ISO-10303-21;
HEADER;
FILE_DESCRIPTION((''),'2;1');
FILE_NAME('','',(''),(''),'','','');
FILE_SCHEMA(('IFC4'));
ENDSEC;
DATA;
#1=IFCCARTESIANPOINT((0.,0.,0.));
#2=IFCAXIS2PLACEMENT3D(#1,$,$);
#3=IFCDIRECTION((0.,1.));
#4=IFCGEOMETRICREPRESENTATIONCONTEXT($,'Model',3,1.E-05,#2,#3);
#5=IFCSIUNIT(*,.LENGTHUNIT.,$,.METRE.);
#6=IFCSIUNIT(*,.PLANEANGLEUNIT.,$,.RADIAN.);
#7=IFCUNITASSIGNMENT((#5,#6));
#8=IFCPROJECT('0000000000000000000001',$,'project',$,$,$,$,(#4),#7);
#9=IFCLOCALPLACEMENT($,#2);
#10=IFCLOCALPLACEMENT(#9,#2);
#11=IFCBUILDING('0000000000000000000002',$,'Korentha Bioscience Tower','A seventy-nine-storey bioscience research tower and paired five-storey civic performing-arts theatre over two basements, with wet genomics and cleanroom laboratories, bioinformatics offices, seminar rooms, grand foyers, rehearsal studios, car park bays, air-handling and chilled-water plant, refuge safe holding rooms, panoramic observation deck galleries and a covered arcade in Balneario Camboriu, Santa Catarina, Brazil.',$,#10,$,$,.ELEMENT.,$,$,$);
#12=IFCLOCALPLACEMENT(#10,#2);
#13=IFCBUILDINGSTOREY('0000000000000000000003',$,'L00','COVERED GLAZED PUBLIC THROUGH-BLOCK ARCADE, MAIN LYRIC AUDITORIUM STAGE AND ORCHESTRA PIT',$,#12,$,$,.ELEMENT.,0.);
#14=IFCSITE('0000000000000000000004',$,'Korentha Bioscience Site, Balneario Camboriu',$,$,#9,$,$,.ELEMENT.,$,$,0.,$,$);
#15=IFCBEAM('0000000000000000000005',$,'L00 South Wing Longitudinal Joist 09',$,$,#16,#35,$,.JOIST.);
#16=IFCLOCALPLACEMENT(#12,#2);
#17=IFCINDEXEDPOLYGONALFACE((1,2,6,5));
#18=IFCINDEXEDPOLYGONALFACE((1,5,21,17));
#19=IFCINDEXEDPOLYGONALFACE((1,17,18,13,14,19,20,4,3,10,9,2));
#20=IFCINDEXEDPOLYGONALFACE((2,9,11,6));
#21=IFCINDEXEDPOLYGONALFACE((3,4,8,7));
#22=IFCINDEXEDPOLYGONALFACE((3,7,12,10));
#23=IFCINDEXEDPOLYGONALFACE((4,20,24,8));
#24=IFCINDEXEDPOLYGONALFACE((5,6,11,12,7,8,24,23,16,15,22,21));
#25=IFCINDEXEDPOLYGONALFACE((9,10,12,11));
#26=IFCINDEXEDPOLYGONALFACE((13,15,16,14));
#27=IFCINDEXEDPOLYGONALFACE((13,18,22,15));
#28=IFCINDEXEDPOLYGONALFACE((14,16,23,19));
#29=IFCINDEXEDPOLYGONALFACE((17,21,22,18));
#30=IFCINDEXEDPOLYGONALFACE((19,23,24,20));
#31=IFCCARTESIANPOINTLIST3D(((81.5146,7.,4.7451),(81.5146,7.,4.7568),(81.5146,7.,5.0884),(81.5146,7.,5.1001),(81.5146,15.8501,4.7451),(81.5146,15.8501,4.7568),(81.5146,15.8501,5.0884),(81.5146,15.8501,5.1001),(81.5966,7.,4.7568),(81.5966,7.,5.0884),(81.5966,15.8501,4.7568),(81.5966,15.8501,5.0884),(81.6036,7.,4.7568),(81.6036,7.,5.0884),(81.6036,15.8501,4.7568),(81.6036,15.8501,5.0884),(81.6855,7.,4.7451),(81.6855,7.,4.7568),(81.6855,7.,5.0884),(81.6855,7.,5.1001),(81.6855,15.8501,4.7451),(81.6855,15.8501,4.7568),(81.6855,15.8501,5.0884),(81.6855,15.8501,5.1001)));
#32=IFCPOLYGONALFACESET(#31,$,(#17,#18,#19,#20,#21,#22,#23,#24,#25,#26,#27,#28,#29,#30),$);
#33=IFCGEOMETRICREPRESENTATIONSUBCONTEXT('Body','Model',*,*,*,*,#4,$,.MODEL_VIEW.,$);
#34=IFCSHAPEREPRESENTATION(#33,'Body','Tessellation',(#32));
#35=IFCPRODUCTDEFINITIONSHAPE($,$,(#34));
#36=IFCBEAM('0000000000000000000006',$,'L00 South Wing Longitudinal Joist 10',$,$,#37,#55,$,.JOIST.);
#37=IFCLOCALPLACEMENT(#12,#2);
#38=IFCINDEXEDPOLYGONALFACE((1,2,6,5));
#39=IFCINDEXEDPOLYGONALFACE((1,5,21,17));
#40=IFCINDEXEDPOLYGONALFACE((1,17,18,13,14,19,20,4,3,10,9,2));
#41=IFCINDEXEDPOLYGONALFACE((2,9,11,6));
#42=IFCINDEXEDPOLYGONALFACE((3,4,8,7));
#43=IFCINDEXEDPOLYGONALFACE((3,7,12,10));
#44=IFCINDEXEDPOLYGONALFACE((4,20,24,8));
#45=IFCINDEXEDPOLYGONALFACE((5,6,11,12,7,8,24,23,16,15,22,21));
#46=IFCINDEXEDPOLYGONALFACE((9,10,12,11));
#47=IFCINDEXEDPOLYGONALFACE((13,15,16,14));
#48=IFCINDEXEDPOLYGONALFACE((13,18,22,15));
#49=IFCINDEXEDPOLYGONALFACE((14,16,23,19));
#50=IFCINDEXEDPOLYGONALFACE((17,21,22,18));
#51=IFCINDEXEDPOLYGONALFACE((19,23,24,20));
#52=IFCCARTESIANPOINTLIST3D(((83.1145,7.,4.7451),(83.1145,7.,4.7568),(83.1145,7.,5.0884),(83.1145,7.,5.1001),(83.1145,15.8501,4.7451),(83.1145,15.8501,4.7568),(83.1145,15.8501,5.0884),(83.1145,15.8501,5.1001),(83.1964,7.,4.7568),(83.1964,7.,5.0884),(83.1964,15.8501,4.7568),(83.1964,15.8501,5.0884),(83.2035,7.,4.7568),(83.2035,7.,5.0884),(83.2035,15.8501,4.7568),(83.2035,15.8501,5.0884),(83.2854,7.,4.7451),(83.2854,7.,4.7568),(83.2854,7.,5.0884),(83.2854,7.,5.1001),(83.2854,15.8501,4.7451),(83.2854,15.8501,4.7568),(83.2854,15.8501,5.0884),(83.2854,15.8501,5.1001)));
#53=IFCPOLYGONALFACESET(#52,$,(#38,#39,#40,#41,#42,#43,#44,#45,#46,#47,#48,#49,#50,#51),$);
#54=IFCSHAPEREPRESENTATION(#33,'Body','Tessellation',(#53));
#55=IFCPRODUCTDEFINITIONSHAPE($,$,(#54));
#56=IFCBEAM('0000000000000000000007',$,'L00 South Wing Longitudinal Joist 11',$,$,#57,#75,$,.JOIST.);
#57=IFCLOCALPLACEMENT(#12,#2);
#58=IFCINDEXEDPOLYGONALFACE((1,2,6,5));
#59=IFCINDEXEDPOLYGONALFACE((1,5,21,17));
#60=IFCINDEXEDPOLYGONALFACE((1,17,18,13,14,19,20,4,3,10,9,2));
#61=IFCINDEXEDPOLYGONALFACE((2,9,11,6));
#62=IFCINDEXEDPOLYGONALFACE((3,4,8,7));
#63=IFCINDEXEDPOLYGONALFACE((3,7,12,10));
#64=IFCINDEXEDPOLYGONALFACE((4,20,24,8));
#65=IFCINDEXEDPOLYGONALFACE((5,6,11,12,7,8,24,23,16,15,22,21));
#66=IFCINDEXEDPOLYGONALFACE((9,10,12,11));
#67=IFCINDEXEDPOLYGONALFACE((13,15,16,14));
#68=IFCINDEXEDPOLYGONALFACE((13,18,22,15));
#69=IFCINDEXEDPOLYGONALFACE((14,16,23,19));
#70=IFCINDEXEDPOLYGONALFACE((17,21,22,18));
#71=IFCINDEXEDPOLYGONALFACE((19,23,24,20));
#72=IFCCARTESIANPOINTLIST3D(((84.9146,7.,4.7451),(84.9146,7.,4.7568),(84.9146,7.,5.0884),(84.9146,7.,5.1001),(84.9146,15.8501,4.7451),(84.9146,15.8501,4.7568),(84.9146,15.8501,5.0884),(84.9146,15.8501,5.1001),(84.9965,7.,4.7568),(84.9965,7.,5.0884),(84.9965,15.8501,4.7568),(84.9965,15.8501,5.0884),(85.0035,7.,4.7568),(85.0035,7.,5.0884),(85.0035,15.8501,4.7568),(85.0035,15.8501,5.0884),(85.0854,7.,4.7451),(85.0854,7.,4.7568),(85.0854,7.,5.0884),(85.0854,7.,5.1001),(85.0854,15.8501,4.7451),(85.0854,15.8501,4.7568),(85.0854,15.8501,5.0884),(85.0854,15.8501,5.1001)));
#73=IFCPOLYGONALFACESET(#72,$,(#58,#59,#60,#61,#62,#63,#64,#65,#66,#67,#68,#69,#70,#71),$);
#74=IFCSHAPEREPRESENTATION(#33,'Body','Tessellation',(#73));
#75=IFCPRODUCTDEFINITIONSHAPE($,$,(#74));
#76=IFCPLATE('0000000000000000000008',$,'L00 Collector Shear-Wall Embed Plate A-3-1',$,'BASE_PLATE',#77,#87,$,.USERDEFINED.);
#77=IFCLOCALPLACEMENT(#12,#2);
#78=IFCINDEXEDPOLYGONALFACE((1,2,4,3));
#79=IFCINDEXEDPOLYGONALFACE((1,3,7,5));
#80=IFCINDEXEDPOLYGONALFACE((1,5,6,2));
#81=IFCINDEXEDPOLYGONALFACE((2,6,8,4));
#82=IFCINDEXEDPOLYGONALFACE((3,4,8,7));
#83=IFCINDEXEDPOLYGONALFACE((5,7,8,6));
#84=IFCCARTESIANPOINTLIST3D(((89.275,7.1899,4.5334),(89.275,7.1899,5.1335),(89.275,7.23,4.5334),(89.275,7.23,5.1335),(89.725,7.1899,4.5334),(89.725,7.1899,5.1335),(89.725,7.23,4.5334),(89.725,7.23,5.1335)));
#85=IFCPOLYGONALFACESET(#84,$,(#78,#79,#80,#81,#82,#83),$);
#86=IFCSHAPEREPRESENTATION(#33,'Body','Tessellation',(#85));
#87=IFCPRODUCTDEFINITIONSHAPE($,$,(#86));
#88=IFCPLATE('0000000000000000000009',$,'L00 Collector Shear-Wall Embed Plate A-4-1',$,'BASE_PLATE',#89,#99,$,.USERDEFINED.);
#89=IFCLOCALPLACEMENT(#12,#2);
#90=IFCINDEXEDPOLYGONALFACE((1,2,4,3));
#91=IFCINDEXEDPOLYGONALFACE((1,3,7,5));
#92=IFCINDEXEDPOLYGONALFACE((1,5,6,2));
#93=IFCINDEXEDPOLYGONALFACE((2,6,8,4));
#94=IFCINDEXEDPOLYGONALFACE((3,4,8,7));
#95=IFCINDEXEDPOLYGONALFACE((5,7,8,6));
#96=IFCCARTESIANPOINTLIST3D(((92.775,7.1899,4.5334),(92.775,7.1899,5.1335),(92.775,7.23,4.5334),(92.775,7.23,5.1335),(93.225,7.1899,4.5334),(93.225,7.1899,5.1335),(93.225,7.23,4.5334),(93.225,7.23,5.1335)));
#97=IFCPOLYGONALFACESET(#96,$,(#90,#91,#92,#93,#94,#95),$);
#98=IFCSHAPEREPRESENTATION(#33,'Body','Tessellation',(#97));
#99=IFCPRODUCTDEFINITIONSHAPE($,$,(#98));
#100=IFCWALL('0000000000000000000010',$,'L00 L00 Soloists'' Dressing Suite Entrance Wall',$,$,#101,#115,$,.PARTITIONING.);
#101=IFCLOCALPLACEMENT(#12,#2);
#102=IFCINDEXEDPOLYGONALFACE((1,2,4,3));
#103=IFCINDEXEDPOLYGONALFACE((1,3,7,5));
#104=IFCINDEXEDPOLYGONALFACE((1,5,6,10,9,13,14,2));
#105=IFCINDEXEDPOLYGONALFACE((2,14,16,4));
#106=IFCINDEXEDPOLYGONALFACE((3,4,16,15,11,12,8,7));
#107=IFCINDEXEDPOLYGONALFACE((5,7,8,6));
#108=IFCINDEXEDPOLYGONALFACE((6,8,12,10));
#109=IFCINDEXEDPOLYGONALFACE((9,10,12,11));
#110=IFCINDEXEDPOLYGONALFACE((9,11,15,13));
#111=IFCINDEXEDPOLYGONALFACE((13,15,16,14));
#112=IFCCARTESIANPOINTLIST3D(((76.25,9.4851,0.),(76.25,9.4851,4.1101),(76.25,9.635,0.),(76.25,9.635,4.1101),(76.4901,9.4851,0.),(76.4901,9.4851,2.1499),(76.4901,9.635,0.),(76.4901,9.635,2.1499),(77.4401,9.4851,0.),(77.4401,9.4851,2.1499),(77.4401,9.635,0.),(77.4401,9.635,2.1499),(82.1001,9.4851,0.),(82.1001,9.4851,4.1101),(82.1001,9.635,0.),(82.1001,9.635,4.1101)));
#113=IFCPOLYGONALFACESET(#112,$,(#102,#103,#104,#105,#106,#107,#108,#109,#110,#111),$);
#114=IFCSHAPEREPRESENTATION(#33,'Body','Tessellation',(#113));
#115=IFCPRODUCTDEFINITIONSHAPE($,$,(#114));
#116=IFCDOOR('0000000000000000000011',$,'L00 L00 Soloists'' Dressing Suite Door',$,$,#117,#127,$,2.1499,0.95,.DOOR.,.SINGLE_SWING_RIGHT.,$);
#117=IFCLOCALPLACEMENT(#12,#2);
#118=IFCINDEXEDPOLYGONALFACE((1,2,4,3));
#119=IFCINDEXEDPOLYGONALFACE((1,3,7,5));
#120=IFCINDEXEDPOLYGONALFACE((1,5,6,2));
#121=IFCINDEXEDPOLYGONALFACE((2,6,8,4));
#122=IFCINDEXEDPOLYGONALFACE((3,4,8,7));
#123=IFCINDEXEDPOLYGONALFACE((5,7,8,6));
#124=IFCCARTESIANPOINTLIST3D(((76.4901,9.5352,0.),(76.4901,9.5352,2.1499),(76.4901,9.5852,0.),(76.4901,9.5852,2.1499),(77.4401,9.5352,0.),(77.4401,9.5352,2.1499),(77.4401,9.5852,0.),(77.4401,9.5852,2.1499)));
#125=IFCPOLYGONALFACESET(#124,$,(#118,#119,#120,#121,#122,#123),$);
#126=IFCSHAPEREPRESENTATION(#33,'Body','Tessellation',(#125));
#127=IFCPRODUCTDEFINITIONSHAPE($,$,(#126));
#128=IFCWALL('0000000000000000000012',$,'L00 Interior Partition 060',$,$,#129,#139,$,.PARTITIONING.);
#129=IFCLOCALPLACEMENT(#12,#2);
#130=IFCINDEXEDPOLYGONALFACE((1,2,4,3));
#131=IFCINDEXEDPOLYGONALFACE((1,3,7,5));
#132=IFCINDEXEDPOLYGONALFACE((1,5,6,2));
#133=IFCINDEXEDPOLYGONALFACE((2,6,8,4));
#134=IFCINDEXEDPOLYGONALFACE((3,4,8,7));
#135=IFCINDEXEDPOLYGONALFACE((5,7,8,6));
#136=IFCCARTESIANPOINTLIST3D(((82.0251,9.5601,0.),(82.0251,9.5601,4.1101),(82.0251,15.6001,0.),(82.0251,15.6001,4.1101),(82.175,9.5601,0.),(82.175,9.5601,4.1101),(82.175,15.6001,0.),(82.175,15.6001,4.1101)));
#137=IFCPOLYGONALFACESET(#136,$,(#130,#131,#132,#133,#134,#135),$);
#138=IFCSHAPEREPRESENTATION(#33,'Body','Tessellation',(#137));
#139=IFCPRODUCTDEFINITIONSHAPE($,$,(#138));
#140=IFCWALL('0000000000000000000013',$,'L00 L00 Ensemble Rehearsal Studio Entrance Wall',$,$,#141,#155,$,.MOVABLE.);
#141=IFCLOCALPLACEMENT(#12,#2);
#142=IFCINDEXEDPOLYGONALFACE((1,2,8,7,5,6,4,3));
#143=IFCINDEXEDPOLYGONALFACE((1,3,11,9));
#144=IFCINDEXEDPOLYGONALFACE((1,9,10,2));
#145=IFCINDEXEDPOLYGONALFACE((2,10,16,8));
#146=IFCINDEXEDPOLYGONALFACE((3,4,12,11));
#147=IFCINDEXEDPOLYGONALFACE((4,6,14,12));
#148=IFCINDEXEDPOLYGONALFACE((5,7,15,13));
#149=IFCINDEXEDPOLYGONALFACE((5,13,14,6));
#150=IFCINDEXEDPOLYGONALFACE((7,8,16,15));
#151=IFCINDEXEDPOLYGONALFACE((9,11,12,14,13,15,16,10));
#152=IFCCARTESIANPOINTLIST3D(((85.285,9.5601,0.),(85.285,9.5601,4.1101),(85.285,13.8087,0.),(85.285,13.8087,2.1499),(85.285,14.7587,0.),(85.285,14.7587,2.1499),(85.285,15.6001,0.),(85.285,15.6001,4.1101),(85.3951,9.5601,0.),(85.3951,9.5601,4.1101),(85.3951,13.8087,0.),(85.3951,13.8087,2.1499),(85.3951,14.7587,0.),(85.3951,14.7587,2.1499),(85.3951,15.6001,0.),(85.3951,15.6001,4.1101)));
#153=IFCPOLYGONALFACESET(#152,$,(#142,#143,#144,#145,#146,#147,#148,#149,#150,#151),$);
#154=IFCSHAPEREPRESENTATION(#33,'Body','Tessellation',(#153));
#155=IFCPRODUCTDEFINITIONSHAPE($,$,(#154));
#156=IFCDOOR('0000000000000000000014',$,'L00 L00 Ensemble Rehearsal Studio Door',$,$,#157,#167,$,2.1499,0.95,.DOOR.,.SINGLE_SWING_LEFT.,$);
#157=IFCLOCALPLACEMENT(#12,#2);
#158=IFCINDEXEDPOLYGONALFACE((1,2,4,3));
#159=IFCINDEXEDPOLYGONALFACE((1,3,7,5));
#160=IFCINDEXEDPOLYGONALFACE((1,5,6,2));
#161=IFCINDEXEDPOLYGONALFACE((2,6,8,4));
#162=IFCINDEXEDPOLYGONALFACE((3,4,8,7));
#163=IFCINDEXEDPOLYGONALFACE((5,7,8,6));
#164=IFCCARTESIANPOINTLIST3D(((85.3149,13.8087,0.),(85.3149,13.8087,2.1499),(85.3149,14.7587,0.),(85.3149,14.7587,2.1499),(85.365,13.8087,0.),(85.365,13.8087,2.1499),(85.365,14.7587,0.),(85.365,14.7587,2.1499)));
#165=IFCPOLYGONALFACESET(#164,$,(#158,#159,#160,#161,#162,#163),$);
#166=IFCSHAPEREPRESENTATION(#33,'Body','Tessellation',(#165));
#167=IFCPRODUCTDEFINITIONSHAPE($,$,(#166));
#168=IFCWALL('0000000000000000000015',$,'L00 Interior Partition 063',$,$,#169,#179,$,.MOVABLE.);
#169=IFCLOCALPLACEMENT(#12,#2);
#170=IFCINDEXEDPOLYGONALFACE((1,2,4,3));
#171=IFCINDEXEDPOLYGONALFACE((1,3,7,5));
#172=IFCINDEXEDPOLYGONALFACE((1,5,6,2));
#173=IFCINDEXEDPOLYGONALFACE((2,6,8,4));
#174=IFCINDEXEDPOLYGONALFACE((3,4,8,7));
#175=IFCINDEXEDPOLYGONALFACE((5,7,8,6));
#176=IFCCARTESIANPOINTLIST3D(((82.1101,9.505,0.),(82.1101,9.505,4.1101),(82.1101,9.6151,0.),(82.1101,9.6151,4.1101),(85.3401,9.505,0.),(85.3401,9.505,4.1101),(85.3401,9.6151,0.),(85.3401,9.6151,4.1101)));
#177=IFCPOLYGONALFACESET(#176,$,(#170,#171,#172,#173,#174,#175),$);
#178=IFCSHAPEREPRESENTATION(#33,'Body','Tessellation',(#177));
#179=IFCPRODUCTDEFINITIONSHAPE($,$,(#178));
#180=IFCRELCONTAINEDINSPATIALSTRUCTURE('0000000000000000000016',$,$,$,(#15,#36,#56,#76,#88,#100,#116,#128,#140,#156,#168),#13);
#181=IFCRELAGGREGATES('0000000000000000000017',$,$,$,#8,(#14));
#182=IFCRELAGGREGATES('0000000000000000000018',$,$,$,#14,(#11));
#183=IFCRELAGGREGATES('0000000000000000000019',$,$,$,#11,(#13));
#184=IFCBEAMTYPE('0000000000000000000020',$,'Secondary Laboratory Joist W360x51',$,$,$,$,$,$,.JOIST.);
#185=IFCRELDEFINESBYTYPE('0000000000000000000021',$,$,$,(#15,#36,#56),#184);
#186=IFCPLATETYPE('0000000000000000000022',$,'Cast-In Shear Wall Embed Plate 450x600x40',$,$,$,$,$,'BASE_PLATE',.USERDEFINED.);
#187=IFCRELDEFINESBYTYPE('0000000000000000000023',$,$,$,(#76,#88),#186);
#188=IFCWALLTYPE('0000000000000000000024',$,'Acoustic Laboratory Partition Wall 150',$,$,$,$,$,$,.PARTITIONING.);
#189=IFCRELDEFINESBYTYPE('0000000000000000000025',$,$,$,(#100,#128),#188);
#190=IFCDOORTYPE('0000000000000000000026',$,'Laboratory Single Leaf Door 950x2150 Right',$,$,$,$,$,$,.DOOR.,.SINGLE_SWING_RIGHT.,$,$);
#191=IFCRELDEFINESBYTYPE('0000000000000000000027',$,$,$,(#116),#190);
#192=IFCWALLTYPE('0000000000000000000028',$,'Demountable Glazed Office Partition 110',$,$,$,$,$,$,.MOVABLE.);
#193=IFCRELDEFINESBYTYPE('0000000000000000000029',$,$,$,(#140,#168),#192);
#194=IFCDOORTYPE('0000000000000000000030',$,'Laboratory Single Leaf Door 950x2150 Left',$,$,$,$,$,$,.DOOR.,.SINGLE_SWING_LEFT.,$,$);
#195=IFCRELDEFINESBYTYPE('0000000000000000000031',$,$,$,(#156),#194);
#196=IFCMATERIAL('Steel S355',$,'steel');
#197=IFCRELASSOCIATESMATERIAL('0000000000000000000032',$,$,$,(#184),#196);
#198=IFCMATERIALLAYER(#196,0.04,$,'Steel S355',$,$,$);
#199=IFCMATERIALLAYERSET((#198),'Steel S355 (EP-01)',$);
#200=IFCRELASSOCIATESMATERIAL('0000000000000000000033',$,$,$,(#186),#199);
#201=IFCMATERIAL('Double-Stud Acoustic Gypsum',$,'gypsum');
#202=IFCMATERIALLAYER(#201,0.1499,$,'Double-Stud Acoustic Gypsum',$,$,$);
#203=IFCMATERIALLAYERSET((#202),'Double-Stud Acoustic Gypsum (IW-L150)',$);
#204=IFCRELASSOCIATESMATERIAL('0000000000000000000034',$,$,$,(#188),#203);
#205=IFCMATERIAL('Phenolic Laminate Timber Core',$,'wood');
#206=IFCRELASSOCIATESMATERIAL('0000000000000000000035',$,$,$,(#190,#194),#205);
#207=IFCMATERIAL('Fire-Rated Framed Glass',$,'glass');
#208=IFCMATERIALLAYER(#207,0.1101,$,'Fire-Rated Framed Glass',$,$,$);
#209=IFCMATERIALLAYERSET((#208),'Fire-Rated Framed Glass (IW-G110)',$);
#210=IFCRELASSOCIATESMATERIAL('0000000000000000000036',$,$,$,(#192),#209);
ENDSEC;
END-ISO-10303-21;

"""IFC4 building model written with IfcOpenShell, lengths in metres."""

from ifc_helpers import new_model, si_unit, direction, frame, frame_2d, origin, origin_2d, place, context, subcontext, project, spatial, rectangle, i_section, extrude, material, layer, layer_set, material_profile, profile_set, type_object, element, fill, save


model = new_model("IFC4")

# Units and contexts
model_context = context("Model", 3, precision=1e-05, world=origin(), true_north=direction((0.0, 1.0)))
body_context = subcontext(model_context, "Body", "Model", "MODEL_VIEW")
ifc_project = project(units=[si_unit("LENGTHUNIT", "METRE"), si_unit("PLANEANGLEUNIT", "RADIAN")], contexts=[model_context])

# Site, building, storey
site_placement = place(None, origin())
site = spatial("IfcSite", under=ifc_project, at=site_placement, Name="Korentha Bioscience Site, Balneario Camboriu", CompositionType="ELEMENT", RefElevation=0.0)
building_placement = place(site_placement, origin())
building = spatial("IfcBuilding", under=site, at=building_placement, Name="Korentha Bioscience Tower", Description="A seventy-nine-storey bioscience research tower and paired five-storey civic performing-arts theatre over two basements, with wet genomics and cleanroom laboratories, bioinformatics offices, seminar rooms, grand foyers, rehearsal studios, car park bays, air-handling and chilled-water plant, refuge safe holding rooms, panoramic observation deck galleries and a covered arcade in Balneario Camboriu, Santa Catarina, Brazil.", CompositionType="ELEMENT")
storey_placement = place(building_placement, origin())
storey = spatial("IfcBuildingStorey", under=building, at=storey_placement, Name="L00", Description="COVERED GLAZED PUBLIC THROUGH-BLOCK ARCADE, MAIN LYRIC AUDITORIUM STAGE AND ORCHESTRA PIT", CompositionType="ELEMENT", Elevation=0.0)

# Beams
ifc_material_1 = material(Name="Steel S355", Category="steel")
ifc_material_profile_1 = material_profile(ifc_material_1, i_section(OverallWidth=0.1709, OverallDepth=0.355, WebThickness=0.0071, FlangeThickness=0.0117, at=origin_2d()), Name="Steel S355")
ifc_profile_set_1 = profile_set([ifc_material_profile_1], Name="Steel S355 (JB-360)")
beam_type_1 = type_object("IfcBeamType", Name="Secondary Laboratory Joist W360x51", PredefinedType="JOIST", material=ifc_profile_set_1)
for number, where, z_axis, x_axis, name in (
    (1, (81.6001, 7.0, 4.9226), (0.0, 1.0, 0.0), (-1.0, 0.0, 0.0), "L00 South Wing Longitudinal Joist 09"),
    (2, (83.2, 7.0, 4.9226), (0.0, 1.0, 0.0), (-1.0, 0.0, 0.0), "L00 South Wing Longitudinal Joist 10"),
    (3, (85.0, 7.0, 4.9226), (0.0, 1.0, 0.0), (-1.0, 0.0, 0.0), "L00 South Wing Longitudinal Joist 11"),
):
    element("IfcBeam", number, at=place(storey_placement, frame(where, z_axis=z_axis, x_axis=x_axis)), inside=storey, type_object=beam_type_1, Name=name, PredefinedType="JOIST", context=body_context, shape_type="SweptSolid", body=[
        extrude(i_section(OverallWidth=0.1709, OverallDepth=0.355, WebThickness=0.0071, FlangeThickness=0.0117, at=origin_2d()), origin(), (0.0, 0.0, 1.0), 8.8501),
    ])

# Plates
ifc_layer_1 = layer(ifc_material_1, 0.04, Name="Steel S355")
ifc_layer_set_1 = layer_set([ifc_layer_1], Name="Steel S355 (EP-01)")
plate_type = type_object("IfcPlateType", Name="Cast-In Shear Wall Embed Plate 450x600x40", ElementType="BASE_PLATE", PredefinedType="USERDEFINED", material=ifc_layer_set_1)
for number, where, z_axis, x_axis, name in (
    (4, (89.5, 7.21, 4.5334), (0.0, 0.0, 1.0), (1.0, 0.0, 0.0), "L00 Collector Shear-Wall Embed Plate A-3-1"),
    (5, (93.0, 7.21, 4.5334), (0.0, 0.0, 1.0), (1.0, 0.0, 0.0), "L00 Collector Shear-Wall Embed Plate A-4-1"),
):
    element("IfcPlate", number, at=place(storey_placement, frame(where, z_axis=z_axis, x_axis=x_axis)), inside=storey, type_object=plate_type, Name=name, ObjectType="BASE_PLATE", PredefinedType="USERDEFINED", context=body_context, shape_type="SweptSolid", body=[
        extrude(rectangle(XDim=0.45, YDim=0.04, at=origin_2d()), origin(), (0.0, 0.0, 1.0), 0.6001),
    ])

# Wall, opening, door
ifc_material_2 = material(Name="Double-Stud Acoustic Gypsum", Category="gypsum")
ifc_layer_2 = layer(ifc_material_2, 0.1499, Name="Double-Stud Acoustic Gypsum")
ifc_layer_set_2 = layer_set([ifc_layer_2], Name="Double-Stud Acoustic Gypsum (IW-L150)")
wall_type_1 = type_object("IfcWallType", Name="Acoustic Laboratory Partition Wall 150", PredefinedType="PARTITIONING", material=ifc_layer_set_2)
wall_1_placement = place(storey_placement, frame((82.1001, 9.5601, 0.0), z_axis=(0.0, 0.0, 1.0), x_axis=(-1.0, 0.0, 0.0)))
wall_1 = element("IfcWall", 6, at=wall_1_placement, inside=storey, type_object=wall_type_1, Name="L00 L00 Soloists' Dressing Suite Entrance Wall", PredefinedType="PARTITIONING", context=body_context, shape_type="SweptSolid", body=[
    extrude(rectangle(XDim=5.8501, YDim=0.1499, at=frame_2d((2.925, 0.0))), origin(), (0.0, 0.0, 1.0), 4.1101),
])
opening_1_placement = place(wall_1_placement, frame((4.6599, 0.0, 0.0)))
opening_1 = element("IfcOpeningElement", 7, at=opening_1_placement, cuts=wall_1, PredefinedType="OPENING", context=body_context, shape_type="SweptSolid", body=[
    extrude(rectangle(XDim=0.95, YDim=2.1499, at=frame_2d((0.4751, 1.075))), frame((0.0, 0.0898, 0.0), z_axis=(0.0, -1.0, 0.0), x_axis=(1.0, 0.0, 0.0)), (0.0, 0.0, 1.0), 0.1797),
])
ifc_material_3 = material(Name="Phenolic Laminate Timber Core", Category="wood")
door_type_1 = type_object("IfcDoorType", Name="Laboratory Single Leaf Door 950x2150 Right", OperationType="SINGLE_SWING_RIGHT", PredefinedType="DOOR", material=ifc_material_3)
door_1_placement = place(opening_1_placement, origin())
door_1 = element("IfcDoor", 8, at=door_1_placement, inside=storey, type_object=door_type_1, Name="L00 L00 Soloists' Dressing Suite Door", OperationType="SINGLE_SWING_RIGHT", OverallHeight=2.1499, OverallWidth=0.95, PredefinedType="DOOR", context=body_context, shape_type="SweptSolid", body=[
    extrude(rectangle(XDim=0.95, YDim=2.1499, at=frame_2d((0.4751, 1.075))), frame((0.0, 0.0249, 0.0), z_axis=(0.0, -1.0, 0.0), x_axis=(1.0, 0.0, 0.0)), (0.0, 0.0, 1.0), 0.05),
])
fill(opening_1, door_1)

# Wall
wall_2_placement = place(storey_placement, frame((82.1001, 15.6001, 0.0), z_axis=(0.0, 0.0, 1.0), x_axis=(0.0, -1.0, 0.0)))
element("IfcWall", 9, at=wall_2_placement, inside=storey, type_object=wall_type_1, Name="L00 Interior Partition 060", PredefinedType="PARTITIONING", context=body_context, shape_type="SweptSolid", body=[
    extrude(rectangle(XDim=6.04, YDim=0.1499, at=frame_2d((3.02, 0.0))), origin(), (0.0, 0.0, 1.0), 4.1101),
])

# Wall, opening, door
ifc_material_4 = material(Name="Fire-Rated Framed Glass", Category="glass")
ifc_layer_3 = layer(ifc_material_4, 0.1101, Name="Fire-Rated Framed Glass")
ifc_layer_set_3 = layer_set([ifc_layer_3], Name="Fire-Rated Framed Glass (IW-G110)")
wall_type_2 = type_object("IfcWallType", Name="Demountable Glazed Office Partition 110", PredefinedType="MOVABLE", material=ifc_layer_set_3)
wall_3_placement = place(storey_placement, frame((85.3401, 15.6001, 0.0), z_axis=(0.0, 0.0, 1.0), x_axis=(0.0, -1.0, 0.0)))
wall_3 = element("IfcWall", 10, at=wall_3_placement, inside=storey, type_object=wall_type_2, Name="L00 L00 Ensemble Rehearsal Studio Entrance Wall", PredefinedType="MOVABLE", context=body_context, shape_type="SweptSolid", body=[
    extrude(rectangle(XDim=6.04, YDim=0.1101, at=frame_2d((3.02, 0.0))), origin(), (0.0, 0.0, 1.0), 4.1101),
])
opening_2_placement = place(wall_3_placement, frame((0.8413, 0.0, 0.0)))
opening_2 = element("IfcOpeningElement", 11, at=opening_2_placement, cuts=wall_3, PredefinedType="OPENING", context=body_context, shape_type="SweptSolid", body=[
    extrude(rectangle(XDim=0.95, YDim=2.1499, at=frame_2d((0.4751, 1.075))), frame((0.0, 0.0698, 0.0), z_axis=(0.0, -1.0, 0.0), x_axis=(1.0, 0.0, 0.0)), (0.0, 0.0, 1.0), 0.1399),
])
door_type_2 = type_object("IfcDoorType", Name="Laboratory Single Leaf Door 950x2150 Left", OperationType="SINGLE_SWING_LEFT", PredefinedType="DOOR", material=ifc_material_3)
door_2_placement = place(opening_2_placement, origin())
door_2 = element("IfcDoor", 12, at=door_2_placement, inside=storey, type_object=door_type_2, Name="L00 L00 Ensemble Rehearsal Studio Door", OperationType="SINGLE_SWING_LEFT", OverallHeight=2.1499, OverallWidth=0.95, PredefinedType="DOOR", context=body_context, shape_type="SweptSolid", body=[
    extrude(rectangle(XDim=0.95, YDim=2.1499, at=frame_2d((0.4751, 1.075))), frame((0.0, 0.0249, 0.0), z_axis=(0.0, -1.0, 0.0), x_axis=(1.0, 0.0, 0.0)), (0.0, 0.0, 1.0), 0.05),
])
fill(opening_2, door_2)

# Wall
for number, where, z_axis, x_axis, name in (
    (13, (85.3401, 9.5601, 0.0), (0.0, 0.0, 1.0), (-1.0, 0.0, 0.0), "L00 Interior Partition 063"),
):
    element("IfcWall", number, at=place(storey_placement, frame(where, z_axis=z_axis, x_axis=x_axis)), inside=storey, type_object=wall_type_2, Name=name, PredefinedType="MOVABLE", context=body_context, shape_type="SweptSolid", body=[
        extrude(rectangle(XDim=3.23, YDim=0.1101, at=frame_2d((1.615, 0.0))), origin(), (0.0, 0.0, 1.0), 4.1101),
    ])

save(model, "model.ifc")
